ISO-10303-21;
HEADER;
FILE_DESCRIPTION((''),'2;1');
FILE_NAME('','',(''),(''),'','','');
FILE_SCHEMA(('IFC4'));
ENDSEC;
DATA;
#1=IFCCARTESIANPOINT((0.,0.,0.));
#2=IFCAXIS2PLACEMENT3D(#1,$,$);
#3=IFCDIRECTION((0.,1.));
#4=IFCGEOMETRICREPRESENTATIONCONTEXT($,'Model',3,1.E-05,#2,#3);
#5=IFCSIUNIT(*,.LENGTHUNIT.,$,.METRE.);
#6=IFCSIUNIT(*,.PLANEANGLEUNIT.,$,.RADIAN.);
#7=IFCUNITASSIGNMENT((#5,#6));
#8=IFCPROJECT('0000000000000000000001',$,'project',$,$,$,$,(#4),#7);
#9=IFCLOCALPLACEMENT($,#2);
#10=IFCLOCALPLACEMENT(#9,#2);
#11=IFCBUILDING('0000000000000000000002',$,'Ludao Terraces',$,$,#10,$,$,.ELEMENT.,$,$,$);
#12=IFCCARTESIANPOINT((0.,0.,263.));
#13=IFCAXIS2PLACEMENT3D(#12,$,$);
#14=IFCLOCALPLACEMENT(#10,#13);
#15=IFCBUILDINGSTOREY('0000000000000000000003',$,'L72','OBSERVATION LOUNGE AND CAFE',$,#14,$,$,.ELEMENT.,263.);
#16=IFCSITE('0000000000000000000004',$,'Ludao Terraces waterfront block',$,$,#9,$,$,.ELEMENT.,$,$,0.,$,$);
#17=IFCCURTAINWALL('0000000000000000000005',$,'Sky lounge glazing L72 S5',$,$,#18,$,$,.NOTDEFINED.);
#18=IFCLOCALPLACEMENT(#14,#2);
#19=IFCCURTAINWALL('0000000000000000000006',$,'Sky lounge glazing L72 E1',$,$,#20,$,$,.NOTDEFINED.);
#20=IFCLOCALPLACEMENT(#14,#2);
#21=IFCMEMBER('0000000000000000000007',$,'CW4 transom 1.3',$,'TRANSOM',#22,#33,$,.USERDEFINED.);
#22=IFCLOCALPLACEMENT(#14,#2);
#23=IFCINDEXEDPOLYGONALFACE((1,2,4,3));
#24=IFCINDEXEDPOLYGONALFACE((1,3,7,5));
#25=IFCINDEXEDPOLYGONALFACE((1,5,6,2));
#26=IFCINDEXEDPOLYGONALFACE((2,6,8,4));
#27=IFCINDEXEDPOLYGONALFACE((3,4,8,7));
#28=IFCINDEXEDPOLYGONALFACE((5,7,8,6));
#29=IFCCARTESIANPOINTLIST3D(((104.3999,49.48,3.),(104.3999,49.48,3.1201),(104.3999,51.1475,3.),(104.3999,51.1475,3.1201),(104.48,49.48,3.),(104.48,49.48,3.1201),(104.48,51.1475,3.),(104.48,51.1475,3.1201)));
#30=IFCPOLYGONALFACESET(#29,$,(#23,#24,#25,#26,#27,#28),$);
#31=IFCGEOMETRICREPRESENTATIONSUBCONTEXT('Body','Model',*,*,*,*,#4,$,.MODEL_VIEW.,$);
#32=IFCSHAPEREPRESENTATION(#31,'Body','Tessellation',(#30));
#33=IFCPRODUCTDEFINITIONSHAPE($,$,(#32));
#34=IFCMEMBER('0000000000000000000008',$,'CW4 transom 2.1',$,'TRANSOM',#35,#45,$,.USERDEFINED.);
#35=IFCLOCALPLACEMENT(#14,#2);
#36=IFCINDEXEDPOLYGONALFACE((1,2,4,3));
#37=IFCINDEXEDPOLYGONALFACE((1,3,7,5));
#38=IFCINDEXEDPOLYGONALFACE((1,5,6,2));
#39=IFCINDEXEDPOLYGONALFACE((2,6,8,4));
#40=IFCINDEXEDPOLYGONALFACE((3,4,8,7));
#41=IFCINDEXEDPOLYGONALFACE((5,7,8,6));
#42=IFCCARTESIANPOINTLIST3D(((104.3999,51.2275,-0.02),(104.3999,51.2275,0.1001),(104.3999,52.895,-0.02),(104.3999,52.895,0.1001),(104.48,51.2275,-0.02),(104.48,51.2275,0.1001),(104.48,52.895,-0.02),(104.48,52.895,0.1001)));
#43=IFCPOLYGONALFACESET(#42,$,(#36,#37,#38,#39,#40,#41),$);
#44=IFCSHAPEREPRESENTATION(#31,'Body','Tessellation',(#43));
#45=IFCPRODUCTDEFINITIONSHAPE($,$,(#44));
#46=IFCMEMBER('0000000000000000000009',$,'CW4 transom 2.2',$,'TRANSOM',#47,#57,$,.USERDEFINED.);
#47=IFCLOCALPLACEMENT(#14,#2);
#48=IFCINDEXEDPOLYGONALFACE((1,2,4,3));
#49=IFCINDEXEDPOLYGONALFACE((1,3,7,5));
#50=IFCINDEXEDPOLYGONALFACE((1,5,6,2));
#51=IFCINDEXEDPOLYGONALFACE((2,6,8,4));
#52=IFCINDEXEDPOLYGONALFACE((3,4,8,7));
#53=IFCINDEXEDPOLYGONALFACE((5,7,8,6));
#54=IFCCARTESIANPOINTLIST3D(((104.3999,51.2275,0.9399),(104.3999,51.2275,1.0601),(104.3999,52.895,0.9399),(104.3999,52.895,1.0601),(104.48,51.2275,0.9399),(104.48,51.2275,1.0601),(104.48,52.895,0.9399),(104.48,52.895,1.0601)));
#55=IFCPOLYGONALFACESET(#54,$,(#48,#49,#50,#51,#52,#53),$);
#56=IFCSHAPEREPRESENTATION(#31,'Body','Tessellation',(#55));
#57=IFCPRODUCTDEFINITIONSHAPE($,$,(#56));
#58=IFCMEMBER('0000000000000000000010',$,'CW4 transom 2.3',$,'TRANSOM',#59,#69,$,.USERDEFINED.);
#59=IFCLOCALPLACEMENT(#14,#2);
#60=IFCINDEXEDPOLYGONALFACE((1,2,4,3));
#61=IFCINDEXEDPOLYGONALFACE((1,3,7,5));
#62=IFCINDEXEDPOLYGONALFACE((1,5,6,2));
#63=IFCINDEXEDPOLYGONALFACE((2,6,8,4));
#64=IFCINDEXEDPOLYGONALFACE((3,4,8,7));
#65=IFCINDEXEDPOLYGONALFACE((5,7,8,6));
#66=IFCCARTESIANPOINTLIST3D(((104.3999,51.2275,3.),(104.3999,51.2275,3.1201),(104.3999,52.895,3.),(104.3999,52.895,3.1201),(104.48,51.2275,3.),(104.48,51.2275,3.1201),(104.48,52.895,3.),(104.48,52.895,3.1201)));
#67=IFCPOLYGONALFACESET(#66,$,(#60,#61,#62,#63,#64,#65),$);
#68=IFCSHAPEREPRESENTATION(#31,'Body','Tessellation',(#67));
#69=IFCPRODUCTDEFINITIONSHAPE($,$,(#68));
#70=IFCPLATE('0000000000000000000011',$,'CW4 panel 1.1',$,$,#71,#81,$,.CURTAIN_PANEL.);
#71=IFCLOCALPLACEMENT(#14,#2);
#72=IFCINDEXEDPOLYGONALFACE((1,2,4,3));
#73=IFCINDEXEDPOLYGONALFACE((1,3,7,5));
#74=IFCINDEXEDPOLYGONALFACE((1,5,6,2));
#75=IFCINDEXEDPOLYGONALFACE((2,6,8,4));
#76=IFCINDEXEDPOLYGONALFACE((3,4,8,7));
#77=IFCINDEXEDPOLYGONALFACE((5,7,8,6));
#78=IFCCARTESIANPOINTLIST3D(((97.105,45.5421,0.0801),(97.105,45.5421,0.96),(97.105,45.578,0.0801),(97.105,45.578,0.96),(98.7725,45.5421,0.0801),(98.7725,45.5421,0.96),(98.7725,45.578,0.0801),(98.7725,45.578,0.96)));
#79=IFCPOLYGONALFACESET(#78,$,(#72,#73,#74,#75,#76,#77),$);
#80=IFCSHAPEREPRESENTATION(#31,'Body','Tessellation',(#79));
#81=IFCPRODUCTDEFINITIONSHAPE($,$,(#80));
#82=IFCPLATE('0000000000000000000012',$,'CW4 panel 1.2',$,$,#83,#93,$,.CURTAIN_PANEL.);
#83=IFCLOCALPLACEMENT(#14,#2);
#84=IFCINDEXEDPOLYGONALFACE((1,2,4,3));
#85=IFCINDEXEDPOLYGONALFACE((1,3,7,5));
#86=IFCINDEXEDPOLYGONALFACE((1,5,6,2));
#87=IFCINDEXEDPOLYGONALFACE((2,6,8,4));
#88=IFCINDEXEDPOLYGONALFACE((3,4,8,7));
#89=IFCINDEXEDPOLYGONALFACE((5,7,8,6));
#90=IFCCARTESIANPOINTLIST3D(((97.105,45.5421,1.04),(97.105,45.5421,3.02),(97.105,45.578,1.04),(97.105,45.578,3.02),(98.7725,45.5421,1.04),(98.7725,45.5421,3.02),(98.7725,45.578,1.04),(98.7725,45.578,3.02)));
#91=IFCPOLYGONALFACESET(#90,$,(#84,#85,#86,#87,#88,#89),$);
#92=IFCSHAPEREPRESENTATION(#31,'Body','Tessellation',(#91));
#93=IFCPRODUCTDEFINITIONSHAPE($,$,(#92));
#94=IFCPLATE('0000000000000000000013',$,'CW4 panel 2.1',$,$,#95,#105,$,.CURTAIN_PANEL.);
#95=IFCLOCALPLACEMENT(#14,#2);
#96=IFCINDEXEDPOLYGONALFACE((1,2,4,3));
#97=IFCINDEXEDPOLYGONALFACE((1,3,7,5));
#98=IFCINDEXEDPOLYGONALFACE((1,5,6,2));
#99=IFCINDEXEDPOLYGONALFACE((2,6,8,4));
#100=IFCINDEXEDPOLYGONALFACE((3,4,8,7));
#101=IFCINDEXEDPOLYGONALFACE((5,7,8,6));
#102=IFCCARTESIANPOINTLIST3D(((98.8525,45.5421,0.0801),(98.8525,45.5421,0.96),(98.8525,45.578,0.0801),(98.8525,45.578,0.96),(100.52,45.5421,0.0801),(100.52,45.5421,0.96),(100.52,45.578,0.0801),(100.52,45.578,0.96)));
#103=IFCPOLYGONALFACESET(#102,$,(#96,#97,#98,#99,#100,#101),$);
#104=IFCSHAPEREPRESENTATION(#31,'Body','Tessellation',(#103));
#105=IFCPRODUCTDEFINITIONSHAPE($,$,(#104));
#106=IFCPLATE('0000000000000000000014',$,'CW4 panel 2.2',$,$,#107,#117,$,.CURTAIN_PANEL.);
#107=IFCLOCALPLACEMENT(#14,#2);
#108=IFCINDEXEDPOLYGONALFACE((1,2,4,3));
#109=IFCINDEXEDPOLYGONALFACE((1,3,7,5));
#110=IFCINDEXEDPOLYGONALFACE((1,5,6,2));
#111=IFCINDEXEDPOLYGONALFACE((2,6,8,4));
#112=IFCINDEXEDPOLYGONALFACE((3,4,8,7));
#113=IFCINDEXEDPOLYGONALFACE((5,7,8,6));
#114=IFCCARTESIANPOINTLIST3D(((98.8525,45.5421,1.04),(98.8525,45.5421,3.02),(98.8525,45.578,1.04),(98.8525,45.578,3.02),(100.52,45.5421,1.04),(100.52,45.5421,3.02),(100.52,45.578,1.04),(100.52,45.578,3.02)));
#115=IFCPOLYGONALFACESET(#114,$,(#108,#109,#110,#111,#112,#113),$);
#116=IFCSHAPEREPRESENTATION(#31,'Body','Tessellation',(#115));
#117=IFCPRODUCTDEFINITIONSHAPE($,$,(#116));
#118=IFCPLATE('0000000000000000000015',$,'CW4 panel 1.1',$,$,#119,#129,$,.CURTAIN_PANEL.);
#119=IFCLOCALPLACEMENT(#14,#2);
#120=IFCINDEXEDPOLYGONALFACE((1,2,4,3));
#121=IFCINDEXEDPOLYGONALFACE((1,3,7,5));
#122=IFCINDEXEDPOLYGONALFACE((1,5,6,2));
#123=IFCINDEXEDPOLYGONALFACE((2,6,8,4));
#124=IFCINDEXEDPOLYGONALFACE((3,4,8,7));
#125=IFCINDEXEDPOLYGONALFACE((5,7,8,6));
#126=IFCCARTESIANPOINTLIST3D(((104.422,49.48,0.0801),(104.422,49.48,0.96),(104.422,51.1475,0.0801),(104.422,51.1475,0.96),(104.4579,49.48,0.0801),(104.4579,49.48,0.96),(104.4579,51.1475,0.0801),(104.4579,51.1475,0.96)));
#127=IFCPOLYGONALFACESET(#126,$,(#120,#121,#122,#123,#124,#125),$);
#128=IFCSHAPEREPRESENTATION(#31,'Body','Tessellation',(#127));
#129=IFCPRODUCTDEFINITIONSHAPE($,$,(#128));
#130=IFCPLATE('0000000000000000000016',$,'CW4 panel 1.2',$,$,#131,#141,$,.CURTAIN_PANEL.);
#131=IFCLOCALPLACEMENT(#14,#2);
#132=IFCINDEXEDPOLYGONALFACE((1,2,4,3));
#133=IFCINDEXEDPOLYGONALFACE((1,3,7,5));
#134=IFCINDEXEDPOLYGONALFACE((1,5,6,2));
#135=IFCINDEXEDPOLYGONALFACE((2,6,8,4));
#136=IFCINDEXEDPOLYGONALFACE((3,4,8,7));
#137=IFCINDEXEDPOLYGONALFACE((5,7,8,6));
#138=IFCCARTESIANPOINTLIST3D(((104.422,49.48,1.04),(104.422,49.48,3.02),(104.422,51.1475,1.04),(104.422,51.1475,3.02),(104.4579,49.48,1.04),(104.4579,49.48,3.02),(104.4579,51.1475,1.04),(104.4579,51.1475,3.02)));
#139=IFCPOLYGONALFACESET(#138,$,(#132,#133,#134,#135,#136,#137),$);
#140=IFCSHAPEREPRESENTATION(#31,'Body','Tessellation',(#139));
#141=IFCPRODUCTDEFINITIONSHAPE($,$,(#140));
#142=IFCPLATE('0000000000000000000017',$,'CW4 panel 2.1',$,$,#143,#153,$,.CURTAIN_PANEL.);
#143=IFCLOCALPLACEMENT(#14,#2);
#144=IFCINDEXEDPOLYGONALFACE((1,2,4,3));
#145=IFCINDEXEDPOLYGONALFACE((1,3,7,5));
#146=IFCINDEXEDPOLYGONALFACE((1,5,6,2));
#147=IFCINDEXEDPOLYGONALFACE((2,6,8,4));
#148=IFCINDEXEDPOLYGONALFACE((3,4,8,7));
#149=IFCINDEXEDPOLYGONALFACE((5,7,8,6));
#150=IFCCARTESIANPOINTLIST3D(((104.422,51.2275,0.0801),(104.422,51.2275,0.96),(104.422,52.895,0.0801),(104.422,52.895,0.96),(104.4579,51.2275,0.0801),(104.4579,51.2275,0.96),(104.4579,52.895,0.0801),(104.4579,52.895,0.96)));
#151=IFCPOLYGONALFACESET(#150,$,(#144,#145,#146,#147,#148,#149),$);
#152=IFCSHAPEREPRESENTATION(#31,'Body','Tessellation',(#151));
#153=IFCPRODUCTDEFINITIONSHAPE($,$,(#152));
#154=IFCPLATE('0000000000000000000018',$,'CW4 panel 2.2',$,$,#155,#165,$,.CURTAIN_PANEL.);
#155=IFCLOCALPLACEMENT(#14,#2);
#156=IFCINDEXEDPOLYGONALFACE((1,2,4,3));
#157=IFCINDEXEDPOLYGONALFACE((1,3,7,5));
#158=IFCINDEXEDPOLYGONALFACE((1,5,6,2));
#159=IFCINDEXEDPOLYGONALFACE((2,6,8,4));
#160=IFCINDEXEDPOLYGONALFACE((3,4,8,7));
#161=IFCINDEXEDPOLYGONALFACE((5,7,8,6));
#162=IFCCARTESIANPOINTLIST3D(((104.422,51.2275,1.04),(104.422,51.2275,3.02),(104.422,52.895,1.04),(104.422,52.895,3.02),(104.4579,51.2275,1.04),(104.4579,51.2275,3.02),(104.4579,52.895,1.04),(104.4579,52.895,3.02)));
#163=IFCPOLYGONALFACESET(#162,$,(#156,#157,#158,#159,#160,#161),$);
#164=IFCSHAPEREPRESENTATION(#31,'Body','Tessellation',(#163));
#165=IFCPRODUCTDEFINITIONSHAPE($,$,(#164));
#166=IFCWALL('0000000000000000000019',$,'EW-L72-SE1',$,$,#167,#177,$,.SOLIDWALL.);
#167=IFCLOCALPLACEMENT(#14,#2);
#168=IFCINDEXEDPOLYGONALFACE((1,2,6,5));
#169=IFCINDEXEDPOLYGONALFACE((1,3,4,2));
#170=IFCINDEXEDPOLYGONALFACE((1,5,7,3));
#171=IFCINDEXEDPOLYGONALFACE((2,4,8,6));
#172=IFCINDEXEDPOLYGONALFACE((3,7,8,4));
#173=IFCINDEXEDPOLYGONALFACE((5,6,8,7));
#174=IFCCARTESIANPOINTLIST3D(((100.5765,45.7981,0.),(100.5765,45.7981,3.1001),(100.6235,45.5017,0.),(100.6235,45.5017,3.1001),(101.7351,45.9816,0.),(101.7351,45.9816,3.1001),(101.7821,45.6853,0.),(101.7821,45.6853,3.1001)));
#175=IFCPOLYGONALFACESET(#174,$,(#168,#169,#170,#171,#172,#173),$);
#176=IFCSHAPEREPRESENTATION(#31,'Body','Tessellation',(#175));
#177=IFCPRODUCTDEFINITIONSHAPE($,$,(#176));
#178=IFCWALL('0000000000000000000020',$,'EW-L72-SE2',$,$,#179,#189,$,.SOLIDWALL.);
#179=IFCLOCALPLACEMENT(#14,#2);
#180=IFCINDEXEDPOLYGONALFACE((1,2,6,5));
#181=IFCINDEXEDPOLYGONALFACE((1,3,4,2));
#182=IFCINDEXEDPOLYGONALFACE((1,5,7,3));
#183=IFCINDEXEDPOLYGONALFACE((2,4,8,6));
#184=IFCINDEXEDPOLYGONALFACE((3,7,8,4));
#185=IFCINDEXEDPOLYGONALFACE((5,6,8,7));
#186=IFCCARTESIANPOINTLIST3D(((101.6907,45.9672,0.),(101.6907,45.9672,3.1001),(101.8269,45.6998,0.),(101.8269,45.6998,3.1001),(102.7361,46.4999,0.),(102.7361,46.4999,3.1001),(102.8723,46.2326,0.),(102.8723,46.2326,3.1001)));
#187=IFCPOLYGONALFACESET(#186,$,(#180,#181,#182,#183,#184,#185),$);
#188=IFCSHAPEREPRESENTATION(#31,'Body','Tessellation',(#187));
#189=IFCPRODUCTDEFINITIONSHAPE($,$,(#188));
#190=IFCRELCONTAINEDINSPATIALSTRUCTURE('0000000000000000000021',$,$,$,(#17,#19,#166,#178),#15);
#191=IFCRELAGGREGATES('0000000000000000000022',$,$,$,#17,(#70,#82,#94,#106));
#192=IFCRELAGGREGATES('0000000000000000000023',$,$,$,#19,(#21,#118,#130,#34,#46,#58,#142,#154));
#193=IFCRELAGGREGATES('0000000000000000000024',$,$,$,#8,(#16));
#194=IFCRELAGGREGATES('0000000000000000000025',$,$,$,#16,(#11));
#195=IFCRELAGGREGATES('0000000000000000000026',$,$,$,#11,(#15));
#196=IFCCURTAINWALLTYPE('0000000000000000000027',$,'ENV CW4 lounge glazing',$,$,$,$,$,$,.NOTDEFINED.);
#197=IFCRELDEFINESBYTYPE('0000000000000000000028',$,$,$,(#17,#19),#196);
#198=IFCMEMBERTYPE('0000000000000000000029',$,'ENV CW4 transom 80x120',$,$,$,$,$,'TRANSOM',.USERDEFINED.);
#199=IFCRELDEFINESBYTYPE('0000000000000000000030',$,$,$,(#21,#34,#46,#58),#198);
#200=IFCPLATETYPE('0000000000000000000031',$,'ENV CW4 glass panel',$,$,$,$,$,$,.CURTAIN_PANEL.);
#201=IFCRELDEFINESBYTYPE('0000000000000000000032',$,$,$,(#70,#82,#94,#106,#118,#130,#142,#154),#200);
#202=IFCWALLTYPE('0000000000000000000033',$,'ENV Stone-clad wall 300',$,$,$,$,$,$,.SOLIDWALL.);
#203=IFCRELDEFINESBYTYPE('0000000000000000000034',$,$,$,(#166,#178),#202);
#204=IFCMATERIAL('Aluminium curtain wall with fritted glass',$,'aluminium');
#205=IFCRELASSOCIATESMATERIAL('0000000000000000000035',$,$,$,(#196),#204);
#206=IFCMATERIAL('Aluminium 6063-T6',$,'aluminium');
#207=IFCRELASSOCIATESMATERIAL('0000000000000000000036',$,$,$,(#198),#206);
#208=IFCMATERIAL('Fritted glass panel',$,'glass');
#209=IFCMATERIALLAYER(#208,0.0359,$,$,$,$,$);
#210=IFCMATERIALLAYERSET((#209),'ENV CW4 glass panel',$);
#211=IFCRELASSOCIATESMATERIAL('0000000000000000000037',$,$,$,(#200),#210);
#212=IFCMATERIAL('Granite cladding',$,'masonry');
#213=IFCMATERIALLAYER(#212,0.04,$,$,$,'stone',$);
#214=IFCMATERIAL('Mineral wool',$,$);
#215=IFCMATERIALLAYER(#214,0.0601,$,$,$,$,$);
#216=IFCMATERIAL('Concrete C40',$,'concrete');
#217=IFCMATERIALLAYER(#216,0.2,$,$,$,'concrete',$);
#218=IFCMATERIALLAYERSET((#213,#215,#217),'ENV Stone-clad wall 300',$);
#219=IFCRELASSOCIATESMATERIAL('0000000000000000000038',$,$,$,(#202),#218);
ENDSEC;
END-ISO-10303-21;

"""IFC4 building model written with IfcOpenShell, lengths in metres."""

from ifc_helpers import new_model, si_unit, direction, frame, frame_2d, origin, origin_2d, place, context, subcontext, project, spatial, rectangle, extrude, material, layer, layer_set, material_profile, profile_set, type_object, element, aggregate, save


model = new_model("IFC4")

# Units and contexts
model_context = context("Model", 3, precision=1e-05, world=origin(), true_north=direction((0.0, 1.0)))
body_context = subcontext(model_context, "Body", "Model", "MODEL_VIEW")
ifc_project = project(units=[si_unit("LENGTHUNIT", "METRE"), si_unit("PLANEANGLEUNIT", "RADIAN")], contexts=[model_context])

# Site, building, storey
site_placement = place(None, origin())
site = spatial("IfcSite", under=ifc_project, at=site_placement, Name="Ludao Terraces waterfront block", CompositionType="ELEMENT", RefElevation=0.0)
building_placement = place(site_placement, origin())
building = spatial("IfcBuilding", under=site, at=building_placement, Name="Ludao Terraces", CompositionType="ELEMENT")
storey_placement = place(building_placement, frame((0.0, 0.0, 263.0)))
storey = spatial("IfcBuildingStorey", under=building, at=storey_placement, Name="L72", Description="OBSERVATION LOUNGE AND CAFE", CompositionType="ELEMENT", Elevation=263.0)

# Shared definitions
ifc_material_1 = material(Name="Concrete C40", Category="concrete")

# Curtain walls
ifc_material_2 = material(Name="Aluminium curtain wall with fritted glass", Category="aluminium")
curtain_wall_type = type_object("IfcCurtainWallType", Name="ENV CW4 lounge glazing", PredefinedType="NOTDEFINED", material=ifc_material_2)
curtain_wall_1_placement = place(storey_placement, origin())
curtain_wall_1 = element("IfcCurtainWall", 1, at=curtain_wall_1_placement, inside=storey, type_object=curtain_wall_type, Name="Sky lounge glazing L72 S5", PredefinedType="NOTDEFINED")
ifc_material_3 = material(Name="Aluminium 6063-T6", Category="aluminium")
curtain_wall_2_placement = place(storey_placement, origin())
curtain_wall_2 = element("IfcCurtainWall", 2, at=curtain_wall_2_placement, inside=storey, type_object=curtain_wall_type, Name="Sky lounge glazing L72 E1", PredefinedType="NOTDEFINED")

# Members
ifc_material_profile_1 = material_profile(ifc_material_3, rectangle(XDim=0.0801, YDim=0.1201, at=origin_2d()), Name="80 X 120")
ifc_profile_set_1 = profile_set([ifc_material_profile_1], Name="Aluminium 6063-T6")
member_type_1 = type_object("IfcMemberType", Name="ENV CW4 transom 80x120", ElementType="TRANSOM", PredefinedType="USERDEFINED", material=ifc_profile_set_1)
member_1_placement = place(storey_placement, frame((104.4399, 49.48, 3.0601), z_axis=(0.0, 1.0, 0.0), x_axis=(-1.0, 0.0, 0.0)))
member_1 = element("IfcMember", 3, at=member_1_placement, type_object=member_type_1, Name="CW4 transom 1.3", ObjectType="TRANSOM", PredefinedType="USERDEFINED", context=body_context, shape_type="SweptSolid", body=[
    extrude(rectangle(XDim=0.0801, YDim=0.1201, at=origin_2d()), origin(), (0.0, 0.0, 1.0), 1.6675),
])
member_2_placement = place(storey_placement, frame((104.4399, 51.2275, 0.04), z_axis=(0.0, 1.0, 0.0), x_axis=(-1.0, 0.0, 0.0)))
member_2 = element("IfcMember", 4, at=member_2_placement, type_object=member_type_1, Name="CW4 transom 2.1", ObjectType="TRANSOM", PredefinedType="USERDEFINED", context=body_context, shape_type="SweptSolid", body=[
    extrude(rectangle(XDim=0.0801, YDim=0.1201, at=origin_2d()), origin(), (0.0, 0.0, 1.0), 1.6675),
])
member_3_placement = place(storey_placement, frame((104.4399, 51.2275, 1.0), z_axis=(0.0, 1.0, 0.0), x_axis=(-1.0, 0.0, 0.0)))
member_3 = element("IfcMember", 5, at=member_3_placement, type_object=member_type_1, Name="CW4 transom 2.2", ObjectType="TRANSOM", PredefinedType="USERDEFINED", context=body_context, shape_type="SweptSolid", body=[
    extrude(rectangle(XDim=0.0801, YDim=0.1201, at=origin_2d()), origin(), (0.0, 0.0, 1.0), 1.6675),
])
member_4_placement = place(storey_placement, frame((104.4399, 51.2275, 3.0601), z_axis=(0.0, 1.0, 0.0), x_axis=(-1.0, 0.0, 0.0)))
member_4 = element("IfcMember", 6, at=member_4_placement, type_object=member_type_1, Name="CW4 transom 2.3", ObjectType="TRANSOM", PredefinedType="USERDEFINED", context=body_context, shape_type="SweptSolid", body=[
    extrude(rectangle(XDim=0.0801, YDim=0.1201, at=origin_2d()), origin(), (0.0, 0.0, 1.0), 1.6675),
])

# Plates
ifc_material_4 = material(Name="Fritted glass panel", Category="glass")
ifc_layer_1 = layer(ifc_material_4, 0.0359)
ifc_layer_set_1 = layer_set([ifc_layer_1], Name="ENV CW4 glass panel")
plate_type = type_object("IfcPlateType", Name="ENV CW4 glass panel", PredefinedType="CURTAIN_PANEL", material=ifc_layer_set_1)
plate_1_placement = place(storey_placement, frame((97.9387, 45.5601, 0.0801), z_axis=(0.0, 0.0, 1.0), x_axis=(1.0, 0.0, 0.0)))
plate_1 = element("IfcPlate", 7, at=plate_1_placement, type_object=plate_type, Name="CW4 panel 1.1", PredefinedType="CURTAIN_PANEL", context=body_context, shape_type="SweptSolid", body=[
    extrude(rectangle(XDim=1.6675, YDim=0.0359, at=origin_2d()), origin(), (0.0, 0.0, 1.0), 0.8799),
])
plate_2_placement = place(storey_placement, frame((97.9387, 45.5601, 1.04), z_axis=(0.0, 0.0, 1.0), x_axis=(1.0, 0.0, 0.0)))
plate_2 = element("IfcPlate", 8, at=plate_2_placement, type_object=plate_type, Name="CW4 panel 1.2", PredefinedType="CURTAIN_PANEL", context=body_context, shape_type="SweptSolid", body=[
    extrude(rectangle(XDim=1.6675, YDim=0.0359, at=origin_2d()), origin(), (0.0, 0.0, 1.0), 1.98),
])
plate_3_placement = place(storey_placement, frame((99.6863, 45.5601, 0.0801), z_axis=(0.0, 0.0, 1.0), x_axis=(1.0, 0.0, 0.0)))
plate_3 = element("IfcPlate", 9, at=plate_3_placement, type_object=plate_type, Name="CW4 panel 2.1", PredefinedType="CURTAIN_PANEL", context=body_context, shape_type="SweptSolid", body=[
    extrude(rectangle(XDim=1.6675, YDim=0.0359, at=origin_2d()), origin(), (0.0, 0.0, 1.0), 0.8799),
])
plate_4_placement = place(storey_placement, frame((99.6863, 45.5601, 1.04), z_axis=(0.0, 0.0, 1.0), x_axis=(1.0, 0.0, 0.0)))
plate_4 = element("IfcPlate", 10, at=plate_4_placement, type_object=plate_type, Name="CW4 panel 2.2", PredefinedType="CURTAIN_PANEL", context=body_context, shape_type="SweptSolid", body=[
    extrude(rectangle(XDim=1.6675, YDim=0.0359, at=origin_2d()), origin(), (0.0, 0.0, 1.0), 1.98),
])
aggregate(curtain_wall_1, [plate_1, plate_2, plate_3, plate_4])
plate_5_placement = place(storey_placement, frame((104.4399, 50.3137, 0.0801), z_axis=(0.0, 0.0, 1.0), x_axis=(0.0, 1.0, 0.0)))
plate_5 = element("IfcPlate", 11, at=plate_5_placement, type_object=plate_type, Name="CW4 panel 1.1", PredefinedType="CURTAIN_PANEL", context=body_context, shape_type="SweptSolid", body=[
    extrude(rectangle(XDim=1.6675, YDim=0.0359, at=origin_2d()), origin(), (0.0, 0.0, 1.0), 0.8799),
])
plate_6_placement = place(storey_placement, frame((104.4399, 50.3137, 1.04), z_axis=(0.0, 0.0, 1.0), x_axis=(0.0, 1.0, 0.0)))
plate_6 = element("IfcPlate", 12, at=plate_6_placement, type_object=plate_type, Name="CW4 panel 1.2", PredefinedType="CURTAIN_PANEL", context=body_context, shape_type="SweptSolid", body=[
    extrude(rectangle(XDim=1.6675, YDim=0.0359, at=origin_2d()), origin(), (0.0, 0.0, 1.0), 1.98),
])
plate_7_placement = place(storey_placement, frame((104.4399, 52.0613, 0.0801), z_axis=(0.0, 0.0, 1.0), x_axis=(0.0, 1.0, 0.0)))
plate_7 = element("IfcPlate", 13, at=plate_7_placement, type_object=plate_type, Name="CW4 panel 2.1", PredefinedType="CURTAIN_PANEL", context=body_context, shape_type="SweptSolid", body=[
    extrude(rectangle(XDim=1.6675, YDim=0.0359, at=origin_2d()), origin(), (0.0, 0.0, 1.0), 0.8799),
])
plate_8_placement = place(storey_placement, frame((104.4399, 52.0613, 1.04), z_axis=(0.0, 0.0, 1.0), x_axis=(0.0, 1.0, 0.0)))
plate_8 = element("IfcPlate", 14, at=plate_8_placement, type_object=plate_type, Name="CW4 panel 2.2", PredefinedType="CURTAIN_PANEL", context=body_context, shape_type="SweptSolid", body=[
    extrude(rectangle(XDim=1.6675, YDim=0.0359, at=origin_2d()), origin(), (0.0, 0.0, 1.0), 1.98),
])
aggregate(curtain_wall_2, [member_1, plate_5, plate_6, member_2, member_3, member_4, plate_7, plate_8])

# Walls
ifc_material_5 = material(Name="Granite cladding", Category="masonry")
ifc_layer_2 = layer(ifc_material_5, 0.04, Category="stone")
ifc_material_6 = material(Name="Mineral wool")
ifc_layer_3 = layer(ifc_material_6, 0.0601)
ifc_layer_4 = layer(ifc_material_1, 0.2, Category="concrete")
ifc_layer_set_2 = layer_set([ifc_layer_2, ifc_layer_3, ifc_layer_4], Name="ENV Stone-clad wall 300")
wall_type_1 = type_object("IfcWallType", Name="ENV Stone-clad wall 300", PredefinedType="SOLIDWALL", material=ifc_layer_set_2)
wall_1_placement = place(storey_placement, frame((100.6001, 45.6499, 0.0), z_axis=(0.0, 0.0, 1.0), x_axis=(0.987678, 0.156497, 0.0)))
element("IfcWall", 15, at=wall_1_placement, inside=storey, type_object=wall_type_1, Name="EW-L72-SE1", PredefinedType="SOLIDWALL", context=body_context, shape_type="SweptSolid", body=[
    extrude(rectangle(XDim=1.1731, YDim=0.3, at=frame_2d((0.5864, 0.0))), origin(), (0.0, 0.0, 1.0), 3.1001),
])
wall_2_placement = place(storey_placement, frame((101.7588, 45.8335, 0.0), z_axis=(0.0, 0.0, 1.0), x_axis=(0.890989, 0.454026, 0.0)))
element("IfcWall", 16, at=wall_2_placement, inside=storey, type_object=wall_type_1, Name="EW-L72-SE2", PredefinedType="SOLIDWALL", context=body_context, shape_type="SweptSolid", body=[
    extrude(rectangle(XDim=1.1733, YDim=0.3, at=frame_2d((0.5867, 0.0))), origin(), (0.0, 0.0, 1.0), 3.1001),
])

save(model, "model.ifc")
